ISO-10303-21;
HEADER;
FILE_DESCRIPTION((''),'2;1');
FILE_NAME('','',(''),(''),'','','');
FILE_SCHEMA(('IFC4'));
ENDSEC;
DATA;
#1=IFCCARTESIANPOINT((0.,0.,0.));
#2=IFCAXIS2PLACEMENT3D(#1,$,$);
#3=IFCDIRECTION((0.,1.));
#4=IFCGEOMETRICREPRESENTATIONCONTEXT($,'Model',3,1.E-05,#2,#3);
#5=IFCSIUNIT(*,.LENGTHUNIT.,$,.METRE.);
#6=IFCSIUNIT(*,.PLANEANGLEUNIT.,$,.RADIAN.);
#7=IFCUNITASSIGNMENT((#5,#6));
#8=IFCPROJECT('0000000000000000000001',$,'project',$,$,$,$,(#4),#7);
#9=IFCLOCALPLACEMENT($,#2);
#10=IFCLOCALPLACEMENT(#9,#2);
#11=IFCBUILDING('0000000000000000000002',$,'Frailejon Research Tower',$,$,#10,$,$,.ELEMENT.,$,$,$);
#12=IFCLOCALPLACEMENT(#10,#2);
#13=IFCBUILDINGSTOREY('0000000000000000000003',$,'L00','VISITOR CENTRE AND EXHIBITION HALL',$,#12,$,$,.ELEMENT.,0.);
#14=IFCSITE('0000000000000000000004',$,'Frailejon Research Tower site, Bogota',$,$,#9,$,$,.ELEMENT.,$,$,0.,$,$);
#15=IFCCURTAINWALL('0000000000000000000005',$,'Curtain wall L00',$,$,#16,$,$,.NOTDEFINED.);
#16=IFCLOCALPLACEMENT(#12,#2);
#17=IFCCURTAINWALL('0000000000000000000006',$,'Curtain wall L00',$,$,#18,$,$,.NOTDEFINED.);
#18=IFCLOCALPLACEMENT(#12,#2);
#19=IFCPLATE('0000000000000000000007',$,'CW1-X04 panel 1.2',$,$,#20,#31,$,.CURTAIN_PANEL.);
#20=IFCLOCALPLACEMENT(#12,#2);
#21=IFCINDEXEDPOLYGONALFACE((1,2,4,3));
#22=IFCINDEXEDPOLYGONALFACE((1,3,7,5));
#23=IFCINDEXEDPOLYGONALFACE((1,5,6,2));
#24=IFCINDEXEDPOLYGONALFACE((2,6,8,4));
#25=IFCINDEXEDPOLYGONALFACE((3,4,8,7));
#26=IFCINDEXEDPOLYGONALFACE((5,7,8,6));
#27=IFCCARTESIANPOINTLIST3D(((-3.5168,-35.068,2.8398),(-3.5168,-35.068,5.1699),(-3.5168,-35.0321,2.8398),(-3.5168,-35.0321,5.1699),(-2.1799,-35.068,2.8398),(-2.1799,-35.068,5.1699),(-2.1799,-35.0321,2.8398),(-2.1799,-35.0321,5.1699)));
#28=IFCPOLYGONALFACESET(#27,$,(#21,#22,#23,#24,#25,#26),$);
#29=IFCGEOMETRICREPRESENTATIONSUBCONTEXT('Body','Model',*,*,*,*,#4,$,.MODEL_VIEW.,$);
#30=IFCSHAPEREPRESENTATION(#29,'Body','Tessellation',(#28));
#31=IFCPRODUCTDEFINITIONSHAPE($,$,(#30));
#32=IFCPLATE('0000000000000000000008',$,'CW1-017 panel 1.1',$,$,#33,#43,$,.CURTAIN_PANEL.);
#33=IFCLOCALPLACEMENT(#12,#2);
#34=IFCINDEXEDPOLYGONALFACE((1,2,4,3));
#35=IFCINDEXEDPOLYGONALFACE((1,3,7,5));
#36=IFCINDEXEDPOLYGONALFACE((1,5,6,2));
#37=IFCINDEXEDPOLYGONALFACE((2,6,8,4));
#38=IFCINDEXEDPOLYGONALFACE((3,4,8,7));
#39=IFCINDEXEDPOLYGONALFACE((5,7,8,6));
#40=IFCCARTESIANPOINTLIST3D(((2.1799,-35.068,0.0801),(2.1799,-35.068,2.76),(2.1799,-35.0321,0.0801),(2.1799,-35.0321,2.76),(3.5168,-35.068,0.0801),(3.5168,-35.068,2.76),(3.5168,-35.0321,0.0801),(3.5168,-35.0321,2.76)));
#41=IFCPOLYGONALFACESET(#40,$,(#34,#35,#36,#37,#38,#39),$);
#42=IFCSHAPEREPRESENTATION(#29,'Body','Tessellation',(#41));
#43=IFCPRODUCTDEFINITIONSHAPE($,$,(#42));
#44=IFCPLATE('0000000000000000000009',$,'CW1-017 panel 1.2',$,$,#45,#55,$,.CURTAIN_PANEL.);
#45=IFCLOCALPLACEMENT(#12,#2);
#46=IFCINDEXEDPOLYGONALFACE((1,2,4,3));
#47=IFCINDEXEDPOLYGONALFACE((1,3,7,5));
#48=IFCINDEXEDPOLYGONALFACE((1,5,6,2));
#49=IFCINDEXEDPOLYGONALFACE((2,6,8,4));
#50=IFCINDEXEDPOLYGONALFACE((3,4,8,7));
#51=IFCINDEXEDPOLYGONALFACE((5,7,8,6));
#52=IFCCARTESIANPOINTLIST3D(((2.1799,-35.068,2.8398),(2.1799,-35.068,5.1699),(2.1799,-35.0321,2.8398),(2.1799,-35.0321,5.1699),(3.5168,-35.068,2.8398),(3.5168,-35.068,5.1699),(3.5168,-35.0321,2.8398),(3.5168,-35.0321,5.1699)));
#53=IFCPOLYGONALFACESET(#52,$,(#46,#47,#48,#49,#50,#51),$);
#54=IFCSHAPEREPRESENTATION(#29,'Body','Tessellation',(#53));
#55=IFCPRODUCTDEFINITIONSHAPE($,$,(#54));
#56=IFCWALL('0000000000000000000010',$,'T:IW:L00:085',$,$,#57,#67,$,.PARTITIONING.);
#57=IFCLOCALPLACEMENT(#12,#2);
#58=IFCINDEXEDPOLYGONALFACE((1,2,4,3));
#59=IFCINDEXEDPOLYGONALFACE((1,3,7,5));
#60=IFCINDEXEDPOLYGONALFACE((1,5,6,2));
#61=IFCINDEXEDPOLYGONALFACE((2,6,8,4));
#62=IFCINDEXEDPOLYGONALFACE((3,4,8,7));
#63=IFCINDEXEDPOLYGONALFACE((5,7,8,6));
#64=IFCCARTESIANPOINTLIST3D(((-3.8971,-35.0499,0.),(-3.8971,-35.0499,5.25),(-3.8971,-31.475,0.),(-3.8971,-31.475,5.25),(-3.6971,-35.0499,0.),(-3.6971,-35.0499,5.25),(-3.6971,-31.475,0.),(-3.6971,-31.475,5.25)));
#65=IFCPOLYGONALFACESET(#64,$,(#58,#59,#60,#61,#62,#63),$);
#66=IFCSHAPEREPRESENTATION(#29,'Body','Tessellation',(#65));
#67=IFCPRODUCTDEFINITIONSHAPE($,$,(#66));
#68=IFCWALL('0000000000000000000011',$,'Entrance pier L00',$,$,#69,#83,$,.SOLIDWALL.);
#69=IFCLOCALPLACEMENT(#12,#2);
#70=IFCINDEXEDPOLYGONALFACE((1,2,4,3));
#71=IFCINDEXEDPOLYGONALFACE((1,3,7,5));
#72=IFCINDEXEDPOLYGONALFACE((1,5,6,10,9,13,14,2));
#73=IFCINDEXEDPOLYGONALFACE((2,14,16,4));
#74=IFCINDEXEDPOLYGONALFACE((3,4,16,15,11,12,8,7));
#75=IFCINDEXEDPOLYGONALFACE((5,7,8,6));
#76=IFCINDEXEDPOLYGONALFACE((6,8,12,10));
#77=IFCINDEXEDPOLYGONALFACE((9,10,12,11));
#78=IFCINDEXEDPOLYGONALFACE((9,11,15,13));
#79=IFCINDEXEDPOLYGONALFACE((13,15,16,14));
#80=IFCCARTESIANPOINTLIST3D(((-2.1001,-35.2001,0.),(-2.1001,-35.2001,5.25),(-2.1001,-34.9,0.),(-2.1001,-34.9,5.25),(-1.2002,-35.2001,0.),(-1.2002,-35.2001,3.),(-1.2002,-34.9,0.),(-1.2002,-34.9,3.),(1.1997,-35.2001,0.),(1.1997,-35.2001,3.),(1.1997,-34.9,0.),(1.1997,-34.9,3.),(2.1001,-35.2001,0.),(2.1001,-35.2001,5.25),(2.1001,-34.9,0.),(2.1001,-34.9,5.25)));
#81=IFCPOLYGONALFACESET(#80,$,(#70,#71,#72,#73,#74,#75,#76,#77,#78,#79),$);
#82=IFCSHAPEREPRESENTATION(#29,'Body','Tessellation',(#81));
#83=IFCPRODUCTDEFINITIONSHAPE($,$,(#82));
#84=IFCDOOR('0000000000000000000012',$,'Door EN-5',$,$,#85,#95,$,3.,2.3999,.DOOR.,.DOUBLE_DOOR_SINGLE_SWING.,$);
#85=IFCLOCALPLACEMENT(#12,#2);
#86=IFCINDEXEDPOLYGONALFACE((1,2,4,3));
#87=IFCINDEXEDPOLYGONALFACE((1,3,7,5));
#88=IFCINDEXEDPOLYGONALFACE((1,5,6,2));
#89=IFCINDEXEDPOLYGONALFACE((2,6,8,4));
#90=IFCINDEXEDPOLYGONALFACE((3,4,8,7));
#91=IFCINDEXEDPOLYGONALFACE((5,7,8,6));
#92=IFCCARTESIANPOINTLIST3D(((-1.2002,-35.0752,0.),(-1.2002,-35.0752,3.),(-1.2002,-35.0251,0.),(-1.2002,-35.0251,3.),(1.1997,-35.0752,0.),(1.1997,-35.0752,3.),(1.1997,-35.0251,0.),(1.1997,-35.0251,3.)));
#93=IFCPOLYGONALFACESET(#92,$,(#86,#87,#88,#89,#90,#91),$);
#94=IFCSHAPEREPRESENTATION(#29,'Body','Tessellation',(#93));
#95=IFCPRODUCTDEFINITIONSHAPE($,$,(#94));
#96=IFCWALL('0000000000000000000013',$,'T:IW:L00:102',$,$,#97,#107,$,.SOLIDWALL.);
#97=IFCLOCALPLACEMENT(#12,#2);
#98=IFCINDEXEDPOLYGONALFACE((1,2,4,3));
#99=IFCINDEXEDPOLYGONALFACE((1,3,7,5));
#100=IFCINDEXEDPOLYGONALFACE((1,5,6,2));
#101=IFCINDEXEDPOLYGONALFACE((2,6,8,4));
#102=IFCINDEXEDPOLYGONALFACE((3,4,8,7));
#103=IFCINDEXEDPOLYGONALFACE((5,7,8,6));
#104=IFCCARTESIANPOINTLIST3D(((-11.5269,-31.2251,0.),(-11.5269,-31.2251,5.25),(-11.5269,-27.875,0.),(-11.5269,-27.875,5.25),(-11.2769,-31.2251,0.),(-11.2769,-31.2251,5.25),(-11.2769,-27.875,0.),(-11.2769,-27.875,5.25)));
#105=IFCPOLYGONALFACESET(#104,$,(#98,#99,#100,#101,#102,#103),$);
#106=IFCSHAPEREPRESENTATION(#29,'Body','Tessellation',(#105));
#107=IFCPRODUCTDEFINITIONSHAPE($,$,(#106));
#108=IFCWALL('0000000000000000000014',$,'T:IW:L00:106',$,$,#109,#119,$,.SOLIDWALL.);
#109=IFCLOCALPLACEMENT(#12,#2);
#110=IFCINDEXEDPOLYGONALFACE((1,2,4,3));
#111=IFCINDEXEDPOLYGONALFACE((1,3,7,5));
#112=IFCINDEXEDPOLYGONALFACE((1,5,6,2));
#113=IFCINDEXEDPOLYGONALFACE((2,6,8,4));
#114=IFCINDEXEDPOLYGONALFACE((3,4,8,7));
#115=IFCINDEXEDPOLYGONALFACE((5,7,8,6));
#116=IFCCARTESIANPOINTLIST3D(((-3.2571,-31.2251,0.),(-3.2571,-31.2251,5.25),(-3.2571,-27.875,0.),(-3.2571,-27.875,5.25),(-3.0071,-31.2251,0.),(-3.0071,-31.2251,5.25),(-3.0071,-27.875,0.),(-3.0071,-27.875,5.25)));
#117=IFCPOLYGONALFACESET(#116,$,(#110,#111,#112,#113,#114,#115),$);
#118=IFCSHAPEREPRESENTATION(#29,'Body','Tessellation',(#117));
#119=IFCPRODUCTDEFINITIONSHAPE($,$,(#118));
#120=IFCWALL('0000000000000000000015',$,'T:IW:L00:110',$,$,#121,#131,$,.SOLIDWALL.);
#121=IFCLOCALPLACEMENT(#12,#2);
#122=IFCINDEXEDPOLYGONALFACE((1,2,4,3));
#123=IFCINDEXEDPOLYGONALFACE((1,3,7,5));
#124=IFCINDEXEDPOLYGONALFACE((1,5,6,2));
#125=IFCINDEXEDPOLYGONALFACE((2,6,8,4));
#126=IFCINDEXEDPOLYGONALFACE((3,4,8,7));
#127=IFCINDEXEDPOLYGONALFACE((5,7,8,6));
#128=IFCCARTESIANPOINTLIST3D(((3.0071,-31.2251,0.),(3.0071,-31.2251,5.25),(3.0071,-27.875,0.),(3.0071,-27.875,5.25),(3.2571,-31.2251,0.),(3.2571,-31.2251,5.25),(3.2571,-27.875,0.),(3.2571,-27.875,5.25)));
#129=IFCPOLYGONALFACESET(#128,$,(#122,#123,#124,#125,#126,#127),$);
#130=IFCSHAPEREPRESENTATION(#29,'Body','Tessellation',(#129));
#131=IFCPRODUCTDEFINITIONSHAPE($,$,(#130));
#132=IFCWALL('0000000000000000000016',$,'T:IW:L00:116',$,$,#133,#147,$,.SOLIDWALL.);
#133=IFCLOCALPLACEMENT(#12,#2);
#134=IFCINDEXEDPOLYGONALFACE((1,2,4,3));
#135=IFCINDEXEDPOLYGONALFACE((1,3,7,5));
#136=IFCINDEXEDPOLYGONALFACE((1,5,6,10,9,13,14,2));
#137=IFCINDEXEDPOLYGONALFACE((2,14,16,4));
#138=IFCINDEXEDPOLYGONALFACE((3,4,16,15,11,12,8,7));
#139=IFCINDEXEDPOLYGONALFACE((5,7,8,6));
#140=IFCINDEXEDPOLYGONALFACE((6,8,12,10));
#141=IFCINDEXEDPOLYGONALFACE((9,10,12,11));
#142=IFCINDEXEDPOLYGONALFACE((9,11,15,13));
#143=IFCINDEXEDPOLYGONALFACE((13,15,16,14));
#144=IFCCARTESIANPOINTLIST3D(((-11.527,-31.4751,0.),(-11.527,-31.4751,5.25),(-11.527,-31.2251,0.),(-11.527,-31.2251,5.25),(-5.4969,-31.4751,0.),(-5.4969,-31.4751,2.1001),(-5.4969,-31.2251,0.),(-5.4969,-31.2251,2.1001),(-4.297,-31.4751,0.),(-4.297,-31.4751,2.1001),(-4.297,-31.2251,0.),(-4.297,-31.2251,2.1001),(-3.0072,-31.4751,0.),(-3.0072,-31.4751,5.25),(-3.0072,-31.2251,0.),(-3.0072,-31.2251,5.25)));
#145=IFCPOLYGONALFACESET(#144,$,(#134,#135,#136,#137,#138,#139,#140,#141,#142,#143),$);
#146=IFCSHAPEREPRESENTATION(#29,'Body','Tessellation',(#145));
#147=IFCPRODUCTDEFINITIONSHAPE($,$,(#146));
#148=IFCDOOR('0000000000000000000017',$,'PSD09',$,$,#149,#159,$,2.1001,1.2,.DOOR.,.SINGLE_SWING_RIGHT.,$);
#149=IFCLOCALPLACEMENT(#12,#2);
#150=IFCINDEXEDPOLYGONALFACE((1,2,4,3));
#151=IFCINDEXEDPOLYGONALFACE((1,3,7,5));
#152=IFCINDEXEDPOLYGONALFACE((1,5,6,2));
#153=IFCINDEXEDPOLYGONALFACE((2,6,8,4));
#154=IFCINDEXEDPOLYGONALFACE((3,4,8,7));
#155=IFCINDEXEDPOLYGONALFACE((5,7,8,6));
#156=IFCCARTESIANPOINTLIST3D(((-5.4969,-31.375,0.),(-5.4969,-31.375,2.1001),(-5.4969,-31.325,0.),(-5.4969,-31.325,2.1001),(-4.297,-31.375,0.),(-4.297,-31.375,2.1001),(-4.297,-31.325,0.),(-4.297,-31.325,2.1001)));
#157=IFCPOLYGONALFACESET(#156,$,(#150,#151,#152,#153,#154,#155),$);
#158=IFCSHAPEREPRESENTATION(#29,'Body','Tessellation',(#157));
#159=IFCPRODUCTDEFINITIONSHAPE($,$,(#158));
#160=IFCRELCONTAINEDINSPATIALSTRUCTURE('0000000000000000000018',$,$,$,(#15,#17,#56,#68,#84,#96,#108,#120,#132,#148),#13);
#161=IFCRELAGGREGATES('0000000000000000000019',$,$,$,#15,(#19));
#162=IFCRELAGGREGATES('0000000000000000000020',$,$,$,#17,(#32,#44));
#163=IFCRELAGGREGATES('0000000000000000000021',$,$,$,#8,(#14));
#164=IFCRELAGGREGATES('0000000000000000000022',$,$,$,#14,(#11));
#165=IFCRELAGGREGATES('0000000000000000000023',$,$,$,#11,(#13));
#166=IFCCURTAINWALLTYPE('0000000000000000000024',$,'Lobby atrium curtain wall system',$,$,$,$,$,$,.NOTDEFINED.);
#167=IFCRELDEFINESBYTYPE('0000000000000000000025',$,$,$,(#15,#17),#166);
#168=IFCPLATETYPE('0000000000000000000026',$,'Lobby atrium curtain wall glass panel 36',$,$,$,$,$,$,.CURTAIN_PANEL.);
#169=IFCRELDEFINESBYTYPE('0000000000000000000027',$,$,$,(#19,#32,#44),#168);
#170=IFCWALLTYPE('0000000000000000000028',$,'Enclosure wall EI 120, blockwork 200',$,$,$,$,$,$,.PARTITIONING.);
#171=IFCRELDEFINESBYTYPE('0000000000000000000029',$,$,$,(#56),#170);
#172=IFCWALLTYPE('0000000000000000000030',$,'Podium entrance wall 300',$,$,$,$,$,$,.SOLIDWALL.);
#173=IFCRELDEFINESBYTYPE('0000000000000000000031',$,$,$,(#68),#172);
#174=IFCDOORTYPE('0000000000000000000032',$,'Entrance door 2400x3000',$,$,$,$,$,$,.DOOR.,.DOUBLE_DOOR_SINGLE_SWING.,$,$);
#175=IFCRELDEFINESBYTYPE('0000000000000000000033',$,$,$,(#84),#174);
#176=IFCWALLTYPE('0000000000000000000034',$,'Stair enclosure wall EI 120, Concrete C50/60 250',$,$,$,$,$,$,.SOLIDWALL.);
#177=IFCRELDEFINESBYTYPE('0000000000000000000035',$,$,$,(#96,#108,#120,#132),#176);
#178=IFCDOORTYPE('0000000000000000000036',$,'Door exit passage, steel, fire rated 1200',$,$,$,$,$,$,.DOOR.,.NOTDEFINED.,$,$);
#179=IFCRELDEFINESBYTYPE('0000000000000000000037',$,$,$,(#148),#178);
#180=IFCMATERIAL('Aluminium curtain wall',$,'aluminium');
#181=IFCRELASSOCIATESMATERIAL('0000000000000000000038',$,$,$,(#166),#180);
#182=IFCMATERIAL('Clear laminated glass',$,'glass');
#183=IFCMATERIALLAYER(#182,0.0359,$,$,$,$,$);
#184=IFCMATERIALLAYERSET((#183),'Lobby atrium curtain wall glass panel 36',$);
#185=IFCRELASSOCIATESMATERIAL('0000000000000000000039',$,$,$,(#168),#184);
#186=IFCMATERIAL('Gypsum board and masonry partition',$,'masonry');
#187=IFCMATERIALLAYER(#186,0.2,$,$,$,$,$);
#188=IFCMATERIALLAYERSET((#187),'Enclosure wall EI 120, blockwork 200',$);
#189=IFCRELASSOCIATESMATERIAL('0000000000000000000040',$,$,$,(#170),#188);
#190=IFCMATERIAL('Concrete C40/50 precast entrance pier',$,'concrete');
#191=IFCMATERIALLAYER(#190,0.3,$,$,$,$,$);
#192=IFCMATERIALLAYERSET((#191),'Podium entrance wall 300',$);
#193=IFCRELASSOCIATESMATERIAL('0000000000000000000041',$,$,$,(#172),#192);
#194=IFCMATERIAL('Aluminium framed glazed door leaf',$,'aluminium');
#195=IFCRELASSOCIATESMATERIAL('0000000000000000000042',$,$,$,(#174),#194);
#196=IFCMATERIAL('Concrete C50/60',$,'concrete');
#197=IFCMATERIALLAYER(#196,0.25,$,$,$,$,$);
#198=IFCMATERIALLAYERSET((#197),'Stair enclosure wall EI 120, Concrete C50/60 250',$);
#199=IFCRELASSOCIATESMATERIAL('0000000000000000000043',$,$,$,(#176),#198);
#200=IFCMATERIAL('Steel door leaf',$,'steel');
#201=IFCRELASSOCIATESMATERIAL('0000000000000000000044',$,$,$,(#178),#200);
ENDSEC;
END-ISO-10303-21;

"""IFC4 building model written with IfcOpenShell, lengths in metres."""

from ifc_helpers import new_model, si_unit, direction, frame, frame_2d, origin, origin_2d, place, context, subcontext, project, spatial, rectangle, extrude, material, layer, layer_set, type_object, element, fill, aggregate, save


model = new_model("IFC4")

# Units and contexts
model_context = context("Model", 3, precision=1e-05, world=origin(), true_north=direction((0.0, 1.0)))
body_context = subcontext(model_context, "Body", "Model", "MODEL_VIEW")
ifc_project = project(units=[si_unit("LENGTHUNIT", "METRE"), si_unit("PLANEANGLEUNIT", "RADIAN")], contexts=[model_context])

# Site, building, storey
site_placement = place(None, origin())
site = spatial("IfcSite", under=ifc_project, at=site_placement, Name="Frailejon Research Tower site, Bogota", CompositionType="ELEMENT", RefElevation=0.0)
building_placement = place(site_placement, origin())
building = spatial("IfcBuilding", under=site, at=building_placement, Name="Frailejon Research Tower", CompositionType="ELEMENT")
storey_placement = place(building_placement, origin())
storey = spatial("IfcBuildingStorey", under=building, at=storey_placement, Name="L00", Description="VISITOR CENTRE AND EXHIBITION HALL", CompositionType="ELEMENT", Elevation=0.0)

# Shared definitions
ifc_material_1 = material(Name="Aluminium curtain wall", Category="aluminium")
curtain_wall_type = type_object("IfcCurtainWallType", Name="Lobby atrium curtain wall system", PredefinedType="NOTDEFINED", material=ifc_material_1)

# Curtain wall
curtain_wall_1_placement = place(storey_placement, origin())
curtain_wall_1 = element("IfcCurtainWall", 1, at=curtain_wall_1_placement, inside=storey, type_object=curtain_wall_type, Name="Curtain wall L00", PredefinedType="NOTDEFINED")

# Curtain wall
curtain_wall_2_placement = place(storey_placement, origin())
curtain_wall_2 = element("IfcCurtainWall", 2, at=curtain_wall_2_placement, inside=storey, type_object=curtain_wall_type, Name="Curtain wall L00", PredefinedType="NOTDEFINED")

# Plates
ifc_material_2 = material(Name="Clear laminated glass", Category="glass")
ifc_layer_1 = layer(ifc_material_2, 0.0359)
ifc_layer_set_1 = layer_set([ifc_layer_1], Name="Lobby atrium curtain wall glass panel 36")
plate_type = type_object("IfcPlateType", Name="Lobby atrium curtain wall glass panel 36", PredefinedType="CURTAIN_PANEL", material=ifc_layer_set_1)
plate_1_placement = place(storey_placement, frame((-2.8484, -35.05, 2.8398), z_axis=(0.0, 0.0, 1.0), x_axis=(1.0, 0.0, 0.0)))
plate_1 = element("IfcPlate", 3, at=plate_1_placement, type_object=plate_type, Name="CW1-X04 panel 1.2", PredefinedType="CURTAIN_PANEL", context=body_context, shape_type="SweptSolid", body=[
    extrude(rectangle(XDim=1.3369, YDim=0.0359, at=origin_2d()), origin(), (0.0, 0.0, 1.0), 2.3301),
])
aggregate(curtain_wall_1, [plate_1])
plate_2_placement = place(storey_placement, frame((2.8484, -35.05, 0.0801), z_axis=(0.0, 0.0, 1.0), x_axis=(1.0, 0.0, 0.0)))
plate_2 = element("IfcPlate", 4, at=plate_2_placement, type_object=plate_type, Name="CW1-017 panel 1.1", PredefinedType="CURTAIN_PANEL", context=body_context, shape_type="SweptSolid", body=[
    extrude(rectangle(XDim=1.3369, YDim=0.0359, at=origin_2d()), origin(), (0.0, 0.0, 1.0), 2.6799),
])
plate_3_placement = place(storey_placement, frame((2.8484, -35.05, 2.8398), z_axis=(0.0, 0.0, 1.0), x_axis=(1.0, 0.0, 0.0)))
plate_3 = element("IfcPlate", 5, at=plate_3_placement, type_object=plate_type, Name="CW1-017 panel 1.2", PredefinedType="CURTAIN_PANEL", context=body_context, shape_type="SweptSolid", body=[
    extrude(rectangle(XDim=1.3369, YDim=0.0359, at=origin_2d()), origin(), (0.0, 0.0, 1.0), 2.3301),
])
aggregate(curtain_wall_2, [plate_2, plate_3])

# Wall
ifc_material_3 = material(Name="Gypsum board and masonry partition", Category="masonry")
ifc_layer_2 = layer(ifc_material_3, 0.2)
ifc_layer_set_2 = layer_set([ifc_layer_2], Name="Enclosure wall EI 120, blockwork 200")
wall_type_1 = type_object("IfcWallType", Name="Enclosure wall EI 120, blockwork 200", PredefinedType="PARTITIONING", material=ifc_layer_set_2)
wall_1_placement = place(storey_placement, frame((-3.7971, -35.05, 0.0), z_axis=(0.0, 0.0, 1.0), x_axis=(0.0, 1.0, 0.0)))
element("IfcWall", 6, at=wall_1_placement, inside=storey, type_object=wall_type_1, Name="T:IW:L00:085", PredefinedType="PARTITIONING", context=body_context, shape_type="SweptSolid", body=[
    extrude(rectangle(XDim=3.575, YDim=0.2, at=frame_2d((1.7876, 0.0))), origin(), (0.0, 0.0, 1.0), 5.25),
])

# Wall, opening, door
ifc_material_4 = material(Name="Concrete C40/50 precast entrance pier", Category="concrete")
ifc_layer_3 = layer(ifc_material_4, 0.3)
ifc_layer_set_3 = layer_set([ifc_layer_3], Name="Podium entrance wall 300")
wall_type_2 = type_object("IfcWallType", Name="Podium entrance wall 300", PredefinedType="SOLIDWALL", material=ifc_layer_set_3)
wall_2_placement = place(storey_placement, frame((-2.1001, -35.05, 0.0), z_axis=(0.0, 0.0, 1.0), x_axis=(1.0, 0.0, 0.0)))
wall_2 = element("IfcWall", 7, at=wall_2_placement, inside=storey, type_object=wall_type_2, Name="Entrance pier L00", PredefinedType="SOLIDWALL", context=body_context, shape_type="SweptSolid", body=[
    extrude(rectangle(XDim=4.2002, YDim=0.3, at=frame_2d((2.1001, 0.0))), origin(), (0.0, 0.0, 1.0), 5.25),
])
opening_1_placement = place(wall_2_placement, frame((0.8999, 0.0, 0.0)))
opening_1 = element("IfcOpeningElement", 8, at=opening_1_placement, cuts=wall_2, PredefinedType="OPENING", context=body_context, shape_type="SweptSolid", body=[
    extrude(rectangle(XDim=2.3999, YDim=3.0, at=frame_2d((1.2, 1.5))), frame((0.0, 0.1599, 0.0), z_axis=(0.0, -1.0, 0.0), x_axis=(1.0, 0.0, 0.0)), (0.0, 0.0, 1.0), 0.3201),
])
ifc_material_5 = material(Name="Aluminium framed glazed door leaf", Category="aluminium")
door_type_1 = type_object("IfcDoorType", Name="Entrance door 2400x3000", OperationType="DOUBLE_DOOR_SINGLE_SWING", PredefinedType="DOOR", material=ifc_material_5)
door_1_placement = place(opening_1_placement, origin())
door_1 = element("IfcDoor", 9, at=door_1_placement, inside=storey, type_object=door_type_1, Name="Door EN-5", OperationType="DOUBLE_DOOR_SINGLE_SWING", OverallHeight=3.0, OverallWidth=2.3999, PredefinedType="DOOR", context=body_context, shape_type="SweptSolid", body=[
    extrude(rectangle(XDim=2.3999, YDim=3.0, at=frame_2d((1.2, 1.5))), frame((0.0, 0.0249, 0.0), z_axis=(0.0, -1.0, 0.0), x_axis=(1.0, 0.0, 0.0)), (0.0, 0.0, 1.0), 0.05),
])
fill(opening_1, door_1)

# Walls
ifc_material_6 = material(Name="Concrete C50/60", Category="concrete")
ifc_layer_4 = layer(ifc_material_6, 0.25)
ifc_layer_set_4 = layer_set([ifc_layer_4], Name="Stair enclosure wall EI 120, Concrete C50/60 250")
wall_type_3 = type_object("IfcWallType", Name="Stair enclosure wall EI 120, Concrete C50/60 250", PredefinedType="SOLIDWALL", material=ifc_layer_set_4)
for number, where, z_axis, x_axis, name in (
    (10, (-11.4019, -31.2251, 0.0), (0.0, 0.0, 1.0), (0.0, 1.0, 0.0), "T:IW:L00:102"),
    (11, (-3.1321, -31.2251, 0.0), (0.0, 0.0, 1.0), (0.0, 1.0, 0.0), "T:IW:L00:106"),
    (12, (3.1321, -31.2251, 0.0), (0.0, 0.0, 1.0), (0.0, 1.0, 0.0), "T:IW:L00:110"),
):
    element("IfcWall", number, at=place(storey_placement, frame(where, z_axis=z_axis, x_axis=x_axis)), inside=storey, type_object=wall_type_3, Name=name, PredefinedType="SOLIDWALL", context=body_context, shape_type="SweptSolid", body=[
        extrude(rectangle(XDim=3.3501, YDim=0.25, at=frame_2d((1.675, 0.0))), origin(), (0.0, 0.0, 1.0), 5.25),
    ])

# Wall, opening, door
wall_3_placement = place(storey_placement, frame((-11.5269, -31.3501, 0.0), z_axis=(0.0, 0.0, 1.0), x_axis=(1.0, 0.0, 0.0)))
wall_3 = element("IfcWall", 13, at=wall_3_placement, inside=storey, type_object=wall_type_3, Name="T:IW:L00:116", PredefinedType="SOLIDWALL", context=body_context, shape_type="SweptSolid", body=[
    extrude(rectangle(XDim=8.5198, YDim=0.25, at=frame_2d((4.2598, 0.0))), origin(), (0.0, 0.0, 1.0), 5.25),
])
opening_2_placement = place(wall_3_placement, frame((7.23, 0.0, 0.0), z_axis=(0.0, 0.0, 1.0), x_axis=(-1.0, 0.0, 0.0)))
opening_2 = element("IfcOpeningElement", 14, at=opening_2_placement, cuts=wall_3, PredefinedType="OPENING", context=body_context, shape_type="SweptSolid", body=[
    extrude(rectangle(XDim=1.2, YDim=2.1001, at=frame_2d((0.6001, 1.05))), frame((0.0, 0.135, 0.0), z_axis=(0.0, -1.0, 0.0), x_axis=(1.0, 0.0, 0.0)), (0.0, 0.0, 1.0), 0.27),
])
ifc_material_7 = material(Name="Steel door leaf", Category="steel")
door_type_2 = type_object("IfcDoorType", Name="Door exit passage, steel, fire rated 1200", OperationType="NOTDEFINED", PredefinedType="DOOR", material=ifc_material_7)
door_2_placement = place(opening_2_placement, origin())
door_2 = element("IfcDoor", 15, at=door_2_placement, inside=storey, type_object=door_type_2, Name="PSD09", OperationType="SINGLE_SWING_RIGHT", OverallHeight=2.1001, OverallWidth=1.2, PredefinedType="DOOR", context=body_context, shape_type="SweptSolid", body=[
    extrude(rectangle(XDim=1.2, YDim=2.1001, at=frame_2d((0.6001, 1.05))), frame((0.0, 0.0249, 0.0), z_axis=(0.0, -1.0, 0.0), x_axis=(1.0, 0.0, 0.0)), (0.0, 0.0, 1.0), 0.05),
])
fill(opening_2, door_2)

save(model, "model.ifc")
